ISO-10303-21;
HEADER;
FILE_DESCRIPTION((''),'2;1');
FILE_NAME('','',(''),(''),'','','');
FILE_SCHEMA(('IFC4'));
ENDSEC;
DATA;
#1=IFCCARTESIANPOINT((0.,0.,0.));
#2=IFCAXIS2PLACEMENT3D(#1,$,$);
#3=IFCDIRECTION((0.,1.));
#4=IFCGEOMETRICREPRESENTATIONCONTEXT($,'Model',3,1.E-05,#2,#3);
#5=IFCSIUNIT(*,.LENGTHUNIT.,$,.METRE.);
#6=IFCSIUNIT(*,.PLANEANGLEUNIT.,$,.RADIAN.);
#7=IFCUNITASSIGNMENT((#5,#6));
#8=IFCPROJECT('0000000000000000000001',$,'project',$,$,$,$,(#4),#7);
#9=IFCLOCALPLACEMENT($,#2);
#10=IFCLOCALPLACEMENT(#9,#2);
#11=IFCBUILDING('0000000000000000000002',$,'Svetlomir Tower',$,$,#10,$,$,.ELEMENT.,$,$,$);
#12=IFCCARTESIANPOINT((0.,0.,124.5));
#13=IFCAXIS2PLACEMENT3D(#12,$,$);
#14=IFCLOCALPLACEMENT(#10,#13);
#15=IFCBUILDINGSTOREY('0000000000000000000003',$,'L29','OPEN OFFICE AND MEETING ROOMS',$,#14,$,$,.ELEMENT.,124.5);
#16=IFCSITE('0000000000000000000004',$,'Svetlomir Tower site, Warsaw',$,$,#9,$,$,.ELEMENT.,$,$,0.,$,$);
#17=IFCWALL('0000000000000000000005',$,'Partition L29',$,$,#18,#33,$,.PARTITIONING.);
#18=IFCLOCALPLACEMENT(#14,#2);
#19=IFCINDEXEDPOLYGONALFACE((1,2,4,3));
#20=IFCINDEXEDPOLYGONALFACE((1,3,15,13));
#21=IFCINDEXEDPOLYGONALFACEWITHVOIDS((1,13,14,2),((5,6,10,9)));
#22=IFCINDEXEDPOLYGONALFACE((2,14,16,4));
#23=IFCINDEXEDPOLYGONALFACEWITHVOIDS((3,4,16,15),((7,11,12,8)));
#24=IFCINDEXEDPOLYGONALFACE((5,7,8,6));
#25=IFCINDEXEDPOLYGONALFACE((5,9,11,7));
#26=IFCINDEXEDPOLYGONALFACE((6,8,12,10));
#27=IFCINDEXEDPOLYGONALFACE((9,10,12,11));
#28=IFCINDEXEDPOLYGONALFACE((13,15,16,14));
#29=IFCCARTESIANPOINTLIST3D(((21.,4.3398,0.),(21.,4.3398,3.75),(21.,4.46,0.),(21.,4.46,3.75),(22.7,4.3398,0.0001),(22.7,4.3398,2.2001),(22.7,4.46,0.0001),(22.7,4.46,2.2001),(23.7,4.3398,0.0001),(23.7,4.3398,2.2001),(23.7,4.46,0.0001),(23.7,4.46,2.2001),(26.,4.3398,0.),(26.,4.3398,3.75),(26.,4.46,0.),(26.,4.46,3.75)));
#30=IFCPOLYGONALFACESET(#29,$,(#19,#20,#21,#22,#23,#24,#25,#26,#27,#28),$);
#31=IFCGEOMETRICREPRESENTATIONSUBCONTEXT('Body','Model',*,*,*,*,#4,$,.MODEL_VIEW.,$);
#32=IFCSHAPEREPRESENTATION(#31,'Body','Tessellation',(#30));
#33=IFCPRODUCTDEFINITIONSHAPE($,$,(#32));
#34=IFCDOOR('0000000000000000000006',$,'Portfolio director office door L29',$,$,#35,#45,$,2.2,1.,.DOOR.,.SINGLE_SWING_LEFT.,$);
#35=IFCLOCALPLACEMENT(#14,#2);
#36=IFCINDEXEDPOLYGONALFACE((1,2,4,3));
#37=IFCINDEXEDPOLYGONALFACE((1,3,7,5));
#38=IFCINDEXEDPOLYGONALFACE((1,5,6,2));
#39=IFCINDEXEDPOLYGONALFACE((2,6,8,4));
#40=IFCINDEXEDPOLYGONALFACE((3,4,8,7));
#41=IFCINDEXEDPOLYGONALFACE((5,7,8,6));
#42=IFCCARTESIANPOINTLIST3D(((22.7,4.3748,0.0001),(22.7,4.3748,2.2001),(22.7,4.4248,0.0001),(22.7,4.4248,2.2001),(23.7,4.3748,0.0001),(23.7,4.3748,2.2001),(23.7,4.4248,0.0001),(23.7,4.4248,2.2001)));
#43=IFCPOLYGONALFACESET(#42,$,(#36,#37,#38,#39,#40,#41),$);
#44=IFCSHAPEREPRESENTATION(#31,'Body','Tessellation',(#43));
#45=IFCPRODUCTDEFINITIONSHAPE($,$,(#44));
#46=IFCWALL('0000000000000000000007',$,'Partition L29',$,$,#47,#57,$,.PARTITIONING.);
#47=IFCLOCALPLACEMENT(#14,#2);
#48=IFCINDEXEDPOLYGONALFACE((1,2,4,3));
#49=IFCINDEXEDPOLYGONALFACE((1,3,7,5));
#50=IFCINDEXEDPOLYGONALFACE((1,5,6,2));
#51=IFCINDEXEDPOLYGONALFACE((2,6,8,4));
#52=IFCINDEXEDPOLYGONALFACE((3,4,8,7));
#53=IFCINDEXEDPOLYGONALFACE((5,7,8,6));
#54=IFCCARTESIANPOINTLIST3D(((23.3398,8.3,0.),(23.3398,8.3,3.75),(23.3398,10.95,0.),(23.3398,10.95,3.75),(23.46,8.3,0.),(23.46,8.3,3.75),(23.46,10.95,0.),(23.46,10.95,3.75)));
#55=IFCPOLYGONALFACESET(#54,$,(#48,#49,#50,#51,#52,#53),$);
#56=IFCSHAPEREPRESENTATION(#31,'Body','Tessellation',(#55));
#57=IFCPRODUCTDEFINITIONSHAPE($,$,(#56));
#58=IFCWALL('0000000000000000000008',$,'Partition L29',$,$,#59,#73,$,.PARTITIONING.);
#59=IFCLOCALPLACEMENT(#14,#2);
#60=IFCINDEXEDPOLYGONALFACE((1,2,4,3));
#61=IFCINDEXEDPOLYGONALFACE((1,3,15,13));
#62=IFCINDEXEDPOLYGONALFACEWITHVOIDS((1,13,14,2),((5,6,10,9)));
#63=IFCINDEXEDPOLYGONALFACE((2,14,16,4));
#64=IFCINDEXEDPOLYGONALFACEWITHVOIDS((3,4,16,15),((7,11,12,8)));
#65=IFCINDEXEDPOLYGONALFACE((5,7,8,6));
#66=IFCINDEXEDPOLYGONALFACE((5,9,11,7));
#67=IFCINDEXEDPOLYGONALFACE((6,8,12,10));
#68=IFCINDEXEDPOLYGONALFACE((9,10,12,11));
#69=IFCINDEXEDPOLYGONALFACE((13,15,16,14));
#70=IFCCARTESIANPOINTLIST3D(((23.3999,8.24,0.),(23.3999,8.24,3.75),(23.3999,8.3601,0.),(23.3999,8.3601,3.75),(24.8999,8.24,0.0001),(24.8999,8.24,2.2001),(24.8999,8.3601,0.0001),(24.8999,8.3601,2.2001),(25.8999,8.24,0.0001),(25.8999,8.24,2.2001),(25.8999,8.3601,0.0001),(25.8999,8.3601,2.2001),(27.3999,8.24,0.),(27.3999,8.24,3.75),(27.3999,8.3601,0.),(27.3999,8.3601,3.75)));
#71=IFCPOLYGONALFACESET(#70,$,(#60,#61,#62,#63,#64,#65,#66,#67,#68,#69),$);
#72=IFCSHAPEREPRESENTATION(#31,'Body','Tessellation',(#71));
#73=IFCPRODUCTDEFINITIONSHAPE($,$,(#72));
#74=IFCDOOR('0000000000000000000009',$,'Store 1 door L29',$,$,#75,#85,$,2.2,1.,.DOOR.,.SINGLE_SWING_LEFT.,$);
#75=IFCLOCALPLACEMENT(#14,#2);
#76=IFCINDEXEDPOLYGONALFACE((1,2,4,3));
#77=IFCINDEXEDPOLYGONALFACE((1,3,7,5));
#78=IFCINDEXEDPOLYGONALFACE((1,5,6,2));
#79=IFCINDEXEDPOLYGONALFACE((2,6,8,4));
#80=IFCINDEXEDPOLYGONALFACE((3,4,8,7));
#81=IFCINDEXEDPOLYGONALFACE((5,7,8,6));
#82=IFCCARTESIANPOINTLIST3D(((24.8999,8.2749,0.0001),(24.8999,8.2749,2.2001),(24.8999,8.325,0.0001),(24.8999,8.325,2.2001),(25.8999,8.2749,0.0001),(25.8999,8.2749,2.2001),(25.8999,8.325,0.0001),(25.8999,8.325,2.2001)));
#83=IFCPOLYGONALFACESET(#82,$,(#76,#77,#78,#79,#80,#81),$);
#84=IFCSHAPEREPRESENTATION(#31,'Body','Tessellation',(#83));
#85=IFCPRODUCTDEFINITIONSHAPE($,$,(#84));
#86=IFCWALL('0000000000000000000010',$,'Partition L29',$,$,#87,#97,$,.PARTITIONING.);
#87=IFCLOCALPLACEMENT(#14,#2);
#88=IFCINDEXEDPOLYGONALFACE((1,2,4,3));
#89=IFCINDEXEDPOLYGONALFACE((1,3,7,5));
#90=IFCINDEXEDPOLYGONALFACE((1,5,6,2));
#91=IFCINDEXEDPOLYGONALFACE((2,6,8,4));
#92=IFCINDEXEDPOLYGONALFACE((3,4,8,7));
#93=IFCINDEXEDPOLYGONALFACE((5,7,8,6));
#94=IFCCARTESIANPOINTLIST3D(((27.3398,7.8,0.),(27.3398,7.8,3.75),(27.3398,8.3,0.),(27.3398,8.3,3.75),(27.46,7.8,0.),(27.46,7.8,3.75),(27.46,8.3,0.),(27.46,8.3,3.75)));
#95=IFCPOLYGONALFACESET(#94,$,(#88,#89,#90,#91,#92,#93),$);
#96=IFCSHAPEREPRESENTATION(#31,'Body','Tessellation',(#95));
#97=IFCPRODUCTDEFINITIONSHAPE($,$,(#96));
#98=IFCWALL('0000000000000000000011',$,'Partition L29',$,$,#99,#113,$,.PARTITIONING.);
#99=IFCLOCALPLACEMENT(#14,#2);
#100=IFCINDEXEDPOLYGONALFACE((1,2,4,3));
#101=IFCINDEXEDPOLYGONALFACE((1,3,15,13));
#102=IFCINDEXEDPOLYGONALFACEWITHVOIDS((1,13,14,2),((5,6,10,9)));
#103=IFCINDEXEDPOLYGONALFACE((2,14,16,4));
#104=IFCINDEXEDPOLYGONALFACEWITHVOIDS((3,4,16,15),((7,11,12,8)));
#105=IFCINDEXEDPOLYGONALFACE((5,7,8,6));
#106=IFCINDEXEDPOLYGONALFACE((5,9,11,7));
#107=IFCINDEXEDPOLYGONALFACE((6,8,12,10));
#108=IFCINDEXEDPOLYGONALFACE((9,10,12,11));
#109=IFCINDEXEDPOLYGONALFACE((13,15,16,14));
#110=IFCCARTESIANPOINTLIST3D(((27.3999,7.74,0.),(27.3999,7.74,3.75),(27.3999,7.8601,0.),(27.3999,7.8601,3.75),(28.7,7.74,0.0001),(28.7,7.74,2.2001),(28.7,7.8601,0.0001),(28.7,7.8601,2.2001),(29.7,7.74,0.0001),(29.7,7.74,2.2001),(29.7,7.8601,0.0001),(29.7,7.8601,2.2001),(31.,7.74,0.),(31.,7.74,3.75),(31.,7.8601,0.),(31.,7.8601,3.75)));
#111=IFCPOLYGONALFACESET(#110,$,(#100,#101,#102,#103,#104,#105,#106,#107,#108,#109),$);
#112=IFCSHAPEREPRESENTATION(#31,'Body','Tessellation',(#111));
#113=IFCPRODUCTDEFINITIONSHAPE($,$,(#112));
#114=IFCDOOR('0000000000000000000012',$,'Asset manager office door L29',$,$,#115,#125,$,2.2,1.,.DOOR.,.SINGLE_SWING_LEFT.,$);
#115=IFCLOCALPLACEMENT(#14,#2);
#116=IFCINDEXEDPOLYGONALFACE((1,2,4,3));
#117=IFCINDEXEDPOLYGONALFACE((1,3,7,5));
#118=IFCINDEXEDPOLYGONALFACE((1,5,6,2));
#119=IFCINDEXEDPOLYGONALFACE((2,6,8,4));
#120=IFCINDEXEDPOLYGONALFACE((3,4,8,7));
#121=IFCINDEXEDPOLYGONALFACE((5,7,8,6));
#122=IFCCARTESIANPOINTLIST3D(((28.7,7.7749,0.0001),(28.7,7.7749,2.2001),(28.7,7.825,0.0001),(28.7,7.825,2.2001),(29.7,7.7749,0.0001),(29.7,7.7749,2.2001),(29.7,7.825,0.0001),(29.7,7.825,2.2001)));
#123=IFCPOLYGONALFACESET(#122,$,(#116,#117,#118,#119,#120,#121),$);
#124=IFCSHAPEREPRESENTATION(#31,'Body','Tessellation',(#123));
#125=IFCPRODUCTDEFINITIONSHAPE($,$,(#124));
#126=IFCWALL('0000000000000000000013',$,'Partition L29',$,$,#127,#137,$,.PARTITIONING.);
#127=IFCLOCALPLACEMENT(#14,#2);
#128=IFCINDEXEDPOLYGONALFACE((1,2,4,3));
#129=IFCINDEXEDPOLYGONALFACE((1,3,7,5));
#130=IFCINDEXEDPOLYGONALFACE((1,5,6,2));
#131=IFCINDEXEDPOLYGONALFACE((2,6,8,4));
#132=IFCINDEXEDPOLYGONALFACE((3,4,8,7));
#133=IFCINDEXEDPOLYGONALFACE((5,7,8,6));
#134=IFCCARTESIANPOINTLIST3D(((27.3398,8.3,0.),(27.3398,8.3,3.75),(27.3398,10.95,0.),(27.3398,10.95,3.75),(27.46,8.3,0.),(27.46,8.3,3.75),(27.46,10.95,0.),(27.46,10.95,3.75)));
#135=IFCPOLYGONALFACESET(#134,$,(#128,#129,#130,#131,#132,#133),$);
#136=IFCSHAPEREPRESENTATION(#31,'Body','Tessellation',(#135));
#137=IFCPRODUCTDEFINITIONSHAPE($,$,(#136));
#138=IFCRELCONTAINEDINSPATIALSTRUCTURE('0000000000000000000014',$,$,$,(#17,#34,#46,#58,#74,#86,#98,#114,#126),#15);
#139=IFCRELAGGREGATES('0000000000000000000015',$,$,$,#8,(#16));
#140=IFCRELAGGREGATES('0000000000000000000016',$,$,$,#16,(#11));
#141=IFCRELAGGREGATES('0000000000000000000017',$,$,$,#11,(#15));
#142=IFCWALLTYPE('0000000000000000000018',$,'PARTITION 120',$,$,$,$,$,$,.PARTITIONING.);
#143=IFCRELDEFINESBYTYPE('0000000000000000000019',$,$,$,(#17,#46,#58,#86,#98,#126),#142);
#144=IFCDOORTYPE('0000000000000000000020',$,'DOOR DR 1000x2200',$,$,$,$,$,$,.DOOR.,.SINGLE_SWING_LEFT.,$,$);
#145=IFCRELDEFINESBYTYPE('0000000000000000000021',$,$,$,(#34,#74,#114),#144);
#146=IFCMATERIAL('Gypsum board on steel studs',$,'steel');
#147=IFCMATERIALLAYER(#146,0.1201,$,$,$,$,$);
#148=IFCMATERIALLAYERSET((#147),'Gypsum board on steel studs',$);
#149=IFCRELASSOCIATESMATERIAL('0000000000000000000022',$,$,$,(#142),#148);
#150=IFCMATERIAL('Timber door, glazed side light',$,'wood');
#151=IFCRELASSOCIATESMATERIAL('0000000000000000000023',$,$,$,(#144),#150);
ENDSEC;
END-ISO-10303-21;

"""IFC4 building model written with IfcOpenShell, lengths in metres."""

from ifc_helpers import new_model, si_unit, direction, frame, frame_2d, origin, place, context, subcontext, project, spatial, rectangle, extrude, material, layer, layer_set, type_object, element, fill, save


model = new_model("IFC4")

# Units and contexts
model_context = context("Model", 3, precision=1e-05, world=origin(), true_north=direction((0.0, 1.0)))
body_context = subcontext(model_context, "Body", "Model", "MODEL_VIEW")
ifc_project = project(units=[si_unit("LENGTHUNIT", "METRE"), si_unit("PLANEANGLEUNIT", "RADIAN")], contexts=[model_context])

# Site, building, storey
site_placement = place(None, origin())
site = spatial("IfcSite", under=ifc_project, at=site_placement, Name="Svetlomir Tower site, Warsaw", CompositionType="ELEMENT", RefElevation=0.0)
building_placement = place(site_placement, origin())
building = spatial("IfcBuilding", under=site, at=building_placement, Name="Svetlomir Tower", CompositionType="ELEMENT")
storey_placement = place(building_placement, frame((0.0, 0.0, 124.5)))
storey = spatial("IfcBuildingStorey", under=building, at=storey_placement, Name="L29", Description="OPEN OFFICE AND MEETING ROOMS", CompositionType="ELEMENT", Elevation=124.5)

# Shared definitions
ifc_material_1 = material(Name="Gypsum board on steel studs", Category="steel")
ifc_layer_1 = layer(ifc_material_1, 0.1201)
ifc_layer_set_1 = layer_set([ifc_layer_1], Name="Gypsum board on steel studs")
wall_type_1 = type_object("IfcWallType", Name="PARTITION 120", PredefinedType="PARTITIONING", material=ifc_layer_set_1)

# Wall, opening, door
wall_1_placement = place(storey_placement, frame((21.0, 4.3999, 0.0), z_axis=(0.0, 0.0, 1.0), x_axis=(1.0, 0.0, 0.0)))
wall_1 = element("IfcWall", 1, at=wall_1_placement, inside=storey, type_object=wall_type_1, Name="Partition L29", PredefinedType="PARTITIONING", context=body_context, shape_type="SweptSolid", body=[
    extrude(rectangle(XDim=5.0, YDim=0.1201, at=frame_2d((2.5, 0.0))), origin(), (0.0, 0.0, 1.0), 3.75),
])
opening_1_placement = place(wall_1_placement, frame((1.7, 0.0, 0.0)))
opening_1 = element("IfcOpeningElement", 2, at=opening_1_placement, cuts=wall_1, PredefinedType="OPENING", context=body_context, shape_type="SweptSolid", body=[
    extrude(rectangle(XDim=1.0, YDim=2.2, at=frame_2d((0.5, 1.1001))), frame((0.0, 0.0701, 0.0), z_axis=(0.0, -1.0, 0.0), x_axis=(1.0, 0.0, 0.0)), (0.0, 0.0, 1.0), 0.1401),
])
ifc_material_2 = material(Name="Timber door, glazed side light", Category="wood")
door_type_1 = type_object("IfcDoorType", Name="DOOR DR 1000x2200", OperationType="SINGLE_SWING_LEFT", PredefinedType="DOOR", material=ifc_material_2)
door_1_placement = place(opening_1_placement, origin())
door_1 = element("IfcDoor", 3, at=door_1_placement, inside=storey, type_object=door_type_1, Name="Portfolio director office door L29", OperationType="SINGLE_SWING_LEFT", OverallHeight=2.2, OverallWidth=1.0, PredefinedType="DOOR", context=body_context, shape_type="SweptSolid", body=[
    extrude(rectangle(XDim=1.0, YDim=2.2, at=frame_2d((0.5, 1.1001))), frame((0.0, 0.0249, 0.0), z_axis=(0.0, -1.0, 0.0), x_axis=(1.0, 0.0, 0.0)), (0.0, 0.0, 1.0), 0.05),
])
fill(opening_1, door_1)

# Wall
wall_2_placement = place(storey_placement, frame((23.3999, 8.3, 0.0), z_axis=(0.0, 0.0, 1.0), x_axis=(0.0, 1.0, 0.0)))
element("IfcWall", 4, at=wall_2_placement, inside=storey, type_object=wall_type_1, Name="Partition L29", PredefinedType="PARTITIONING", context=body_context, shape_type="SweptSolid", body=[
    extrude(rectangle(XDim=2.6499, YDim=0.1201, at=frame_2d((1.325, 0.0))), origin(), (0.0, 0.0, 1.0), 3.75),
])

# Wall, opening, door
wall_3_placement = place(storey_placement, frame((23.3999, 8.3, 0.0), z_axis=(0.0, 0.0, 1.0), x_axis=(1.0, 0.0, 0.0)))
wall_3 = element("IfcWall", 5, at=wall_3_placement, inside=storey, type_object=wall_type_1, Name="Partition L29", PredefinedType="PARTITIONING", context=body_context, shape_type="SweptSolid", body=[
    extrude(rectangle(XDim=4.0, YDim=0.1201, at=frame_2d((2.0, 0.0))), origin(), (0.0, 0.0, 1.0), 3.75),
])
opening_2_placement = place(wall_3_placement, frame((1.5, 0.0, 0.0)))
opening_2 = element("IfcOpeningElement", 6, at=opening_2_placement, cuts=wall_3, PredefinedType="OPENING", context=body_context, shape_type="SweptSolid", body=[
    extrude(rectangle(XDim=1.0, YDim=2.2, at=frame_2d((0.5, 1.1001))), frame((0.0, 0.0701, 0.0), z_axis=(0.0, -1.0, 0.0), x_axis=(1.0, 0.0, 0.0)), (0.0, 0.0, 1.0), 0.1401),
])
door_2_placement = place(opening_2_placement, origin())
door_2 = element("IfcDoor", 7, at=door_2_placement, inside=storey, type_object=door_type_1, Name="Store 1 door L29", OperationType="SINGLE_SWING_LEFT", OverallHeight=2.2, OverallWidth=1.0, PredefinedType="DOOR", context=body_context, shape_type="SweptSolid", body=[
    extrude(rectangle(XDim=1.0, YDim=2.2, at=frame_2d((0.5, 1.1001))), frame((0.0, 0.0249, 0.0), z_axis=(0.0, -1.0, 0.0), x_axis=(1.0, 0.0, 0.0)), (0.0, 0.0, 1.0), 0.05),
])
fill(opening_2, door_2)

# Wall
wall_4_placement = place(storey_placement, frame((27.3999, 7.8, 0.0), z_axis=(0.0, 0.0, 1.0), x_axis=(0.0, 1.0, 0.0)))
element("IfcWall", 8, at=wall_4_placement, inside=storey, type_object=wall_type_1, Name="Partition L29", PredefinedType="PARTITIONING", context=body_context, shape_type="SweptSolid", body=[
    extrude(rectangle(XDim=0.5, YDim=0.1201, at=frame_2d((0.25, 0.0))), origin(), (0.0, 0.0, 1.0), 3.75),
])

# Wall, opening, door
wall_5_placement = place(storey_placement, frame((27.3999, 7.8, 0.0), z_axis=(0.0, 0.0, 1.0), x_axis=(1.0, 0.0, 0.0)))
wall_5 = element("IfcWall", 9, at=wall_5_placement, inside=storey, type_object=wall_type_1, Name="Partition L29", PredefinedType="PARTITIONING", context=body_context, shape_type="SweptSolid", body=[
    extrude(rectangle(XDim=3.6001, YDim=0.1201, at=frame_2d((1.8, 0.0))), origin(), (0.0, 0.0, 1.0), 3.75),
])
opening_3_placement = place(wall_5_placement, frame((1.3, 0.0, 0.0)))
opening_3 = element("IfcOpeningElement", 10, at=opening_3_placement, cuts=wall_5, PredefinedType="OPENING", context=body_context, shape_type="SweptSolid", body=[
    extrude(rectangle(XDim=1.0, YDim=2.2, at=frame_2d((0.5, 1.1001))), frame((0.0, 0.0701, 0.0), z_axis=(0.0, -1.0, 0.0), x_axis=(1.0, 0.0, 0.0)), (0.0, 0.0, 1.0), 0.1401),
])
door_3_placement = place(opening_3_placement, origin())
door_3 = element("IfcDoor", 11, at=door_3_placement, inside=storey, type_object=door_type_1, Name="Asset manager office door L29", OperationType="SINGLE_SWING_LEFT", OverallHeight=2.2, OverallWidth=1.0, PredefinedType="DOOR", context=body_context, shape_type="SweptSolid", body=[
    extrude(rectangle(XDim=1.0, YDim=2.2, at=frame_2d((0.5, 1.1001))), frame((0.0, 0.0249, 0.0), z_axis=(0.0, -1.0, 0.0), x_axis=(1.0, 0.0, 0.0)), (0.0, 0.0, 1.0), 0.05),
])
fill(opening_3, door_3)

# Wall
wall_6_placement = place(storey_placement, frame((27.3999, 8.3, 0.0), z_axis=(0.0, 0.0, 1.0), x_axis=(0.0, 1.0, 0.0)))
element("IfcWall", 12, at=wall_6_placement, inside=storey, type_object=wall_type_1, Name="Partition L29", PredefinedType="PARTITIONING", context=body_context, shape_type="SweptSolid", body=[
    extrude(rectangle(XDim=2.6499, YDim=0.1201, at=frame_2d((1.325, 0.0))), origin(), (0.0, 0.0, 1.0), 3.75),
])

save(model, "model.ifc")
